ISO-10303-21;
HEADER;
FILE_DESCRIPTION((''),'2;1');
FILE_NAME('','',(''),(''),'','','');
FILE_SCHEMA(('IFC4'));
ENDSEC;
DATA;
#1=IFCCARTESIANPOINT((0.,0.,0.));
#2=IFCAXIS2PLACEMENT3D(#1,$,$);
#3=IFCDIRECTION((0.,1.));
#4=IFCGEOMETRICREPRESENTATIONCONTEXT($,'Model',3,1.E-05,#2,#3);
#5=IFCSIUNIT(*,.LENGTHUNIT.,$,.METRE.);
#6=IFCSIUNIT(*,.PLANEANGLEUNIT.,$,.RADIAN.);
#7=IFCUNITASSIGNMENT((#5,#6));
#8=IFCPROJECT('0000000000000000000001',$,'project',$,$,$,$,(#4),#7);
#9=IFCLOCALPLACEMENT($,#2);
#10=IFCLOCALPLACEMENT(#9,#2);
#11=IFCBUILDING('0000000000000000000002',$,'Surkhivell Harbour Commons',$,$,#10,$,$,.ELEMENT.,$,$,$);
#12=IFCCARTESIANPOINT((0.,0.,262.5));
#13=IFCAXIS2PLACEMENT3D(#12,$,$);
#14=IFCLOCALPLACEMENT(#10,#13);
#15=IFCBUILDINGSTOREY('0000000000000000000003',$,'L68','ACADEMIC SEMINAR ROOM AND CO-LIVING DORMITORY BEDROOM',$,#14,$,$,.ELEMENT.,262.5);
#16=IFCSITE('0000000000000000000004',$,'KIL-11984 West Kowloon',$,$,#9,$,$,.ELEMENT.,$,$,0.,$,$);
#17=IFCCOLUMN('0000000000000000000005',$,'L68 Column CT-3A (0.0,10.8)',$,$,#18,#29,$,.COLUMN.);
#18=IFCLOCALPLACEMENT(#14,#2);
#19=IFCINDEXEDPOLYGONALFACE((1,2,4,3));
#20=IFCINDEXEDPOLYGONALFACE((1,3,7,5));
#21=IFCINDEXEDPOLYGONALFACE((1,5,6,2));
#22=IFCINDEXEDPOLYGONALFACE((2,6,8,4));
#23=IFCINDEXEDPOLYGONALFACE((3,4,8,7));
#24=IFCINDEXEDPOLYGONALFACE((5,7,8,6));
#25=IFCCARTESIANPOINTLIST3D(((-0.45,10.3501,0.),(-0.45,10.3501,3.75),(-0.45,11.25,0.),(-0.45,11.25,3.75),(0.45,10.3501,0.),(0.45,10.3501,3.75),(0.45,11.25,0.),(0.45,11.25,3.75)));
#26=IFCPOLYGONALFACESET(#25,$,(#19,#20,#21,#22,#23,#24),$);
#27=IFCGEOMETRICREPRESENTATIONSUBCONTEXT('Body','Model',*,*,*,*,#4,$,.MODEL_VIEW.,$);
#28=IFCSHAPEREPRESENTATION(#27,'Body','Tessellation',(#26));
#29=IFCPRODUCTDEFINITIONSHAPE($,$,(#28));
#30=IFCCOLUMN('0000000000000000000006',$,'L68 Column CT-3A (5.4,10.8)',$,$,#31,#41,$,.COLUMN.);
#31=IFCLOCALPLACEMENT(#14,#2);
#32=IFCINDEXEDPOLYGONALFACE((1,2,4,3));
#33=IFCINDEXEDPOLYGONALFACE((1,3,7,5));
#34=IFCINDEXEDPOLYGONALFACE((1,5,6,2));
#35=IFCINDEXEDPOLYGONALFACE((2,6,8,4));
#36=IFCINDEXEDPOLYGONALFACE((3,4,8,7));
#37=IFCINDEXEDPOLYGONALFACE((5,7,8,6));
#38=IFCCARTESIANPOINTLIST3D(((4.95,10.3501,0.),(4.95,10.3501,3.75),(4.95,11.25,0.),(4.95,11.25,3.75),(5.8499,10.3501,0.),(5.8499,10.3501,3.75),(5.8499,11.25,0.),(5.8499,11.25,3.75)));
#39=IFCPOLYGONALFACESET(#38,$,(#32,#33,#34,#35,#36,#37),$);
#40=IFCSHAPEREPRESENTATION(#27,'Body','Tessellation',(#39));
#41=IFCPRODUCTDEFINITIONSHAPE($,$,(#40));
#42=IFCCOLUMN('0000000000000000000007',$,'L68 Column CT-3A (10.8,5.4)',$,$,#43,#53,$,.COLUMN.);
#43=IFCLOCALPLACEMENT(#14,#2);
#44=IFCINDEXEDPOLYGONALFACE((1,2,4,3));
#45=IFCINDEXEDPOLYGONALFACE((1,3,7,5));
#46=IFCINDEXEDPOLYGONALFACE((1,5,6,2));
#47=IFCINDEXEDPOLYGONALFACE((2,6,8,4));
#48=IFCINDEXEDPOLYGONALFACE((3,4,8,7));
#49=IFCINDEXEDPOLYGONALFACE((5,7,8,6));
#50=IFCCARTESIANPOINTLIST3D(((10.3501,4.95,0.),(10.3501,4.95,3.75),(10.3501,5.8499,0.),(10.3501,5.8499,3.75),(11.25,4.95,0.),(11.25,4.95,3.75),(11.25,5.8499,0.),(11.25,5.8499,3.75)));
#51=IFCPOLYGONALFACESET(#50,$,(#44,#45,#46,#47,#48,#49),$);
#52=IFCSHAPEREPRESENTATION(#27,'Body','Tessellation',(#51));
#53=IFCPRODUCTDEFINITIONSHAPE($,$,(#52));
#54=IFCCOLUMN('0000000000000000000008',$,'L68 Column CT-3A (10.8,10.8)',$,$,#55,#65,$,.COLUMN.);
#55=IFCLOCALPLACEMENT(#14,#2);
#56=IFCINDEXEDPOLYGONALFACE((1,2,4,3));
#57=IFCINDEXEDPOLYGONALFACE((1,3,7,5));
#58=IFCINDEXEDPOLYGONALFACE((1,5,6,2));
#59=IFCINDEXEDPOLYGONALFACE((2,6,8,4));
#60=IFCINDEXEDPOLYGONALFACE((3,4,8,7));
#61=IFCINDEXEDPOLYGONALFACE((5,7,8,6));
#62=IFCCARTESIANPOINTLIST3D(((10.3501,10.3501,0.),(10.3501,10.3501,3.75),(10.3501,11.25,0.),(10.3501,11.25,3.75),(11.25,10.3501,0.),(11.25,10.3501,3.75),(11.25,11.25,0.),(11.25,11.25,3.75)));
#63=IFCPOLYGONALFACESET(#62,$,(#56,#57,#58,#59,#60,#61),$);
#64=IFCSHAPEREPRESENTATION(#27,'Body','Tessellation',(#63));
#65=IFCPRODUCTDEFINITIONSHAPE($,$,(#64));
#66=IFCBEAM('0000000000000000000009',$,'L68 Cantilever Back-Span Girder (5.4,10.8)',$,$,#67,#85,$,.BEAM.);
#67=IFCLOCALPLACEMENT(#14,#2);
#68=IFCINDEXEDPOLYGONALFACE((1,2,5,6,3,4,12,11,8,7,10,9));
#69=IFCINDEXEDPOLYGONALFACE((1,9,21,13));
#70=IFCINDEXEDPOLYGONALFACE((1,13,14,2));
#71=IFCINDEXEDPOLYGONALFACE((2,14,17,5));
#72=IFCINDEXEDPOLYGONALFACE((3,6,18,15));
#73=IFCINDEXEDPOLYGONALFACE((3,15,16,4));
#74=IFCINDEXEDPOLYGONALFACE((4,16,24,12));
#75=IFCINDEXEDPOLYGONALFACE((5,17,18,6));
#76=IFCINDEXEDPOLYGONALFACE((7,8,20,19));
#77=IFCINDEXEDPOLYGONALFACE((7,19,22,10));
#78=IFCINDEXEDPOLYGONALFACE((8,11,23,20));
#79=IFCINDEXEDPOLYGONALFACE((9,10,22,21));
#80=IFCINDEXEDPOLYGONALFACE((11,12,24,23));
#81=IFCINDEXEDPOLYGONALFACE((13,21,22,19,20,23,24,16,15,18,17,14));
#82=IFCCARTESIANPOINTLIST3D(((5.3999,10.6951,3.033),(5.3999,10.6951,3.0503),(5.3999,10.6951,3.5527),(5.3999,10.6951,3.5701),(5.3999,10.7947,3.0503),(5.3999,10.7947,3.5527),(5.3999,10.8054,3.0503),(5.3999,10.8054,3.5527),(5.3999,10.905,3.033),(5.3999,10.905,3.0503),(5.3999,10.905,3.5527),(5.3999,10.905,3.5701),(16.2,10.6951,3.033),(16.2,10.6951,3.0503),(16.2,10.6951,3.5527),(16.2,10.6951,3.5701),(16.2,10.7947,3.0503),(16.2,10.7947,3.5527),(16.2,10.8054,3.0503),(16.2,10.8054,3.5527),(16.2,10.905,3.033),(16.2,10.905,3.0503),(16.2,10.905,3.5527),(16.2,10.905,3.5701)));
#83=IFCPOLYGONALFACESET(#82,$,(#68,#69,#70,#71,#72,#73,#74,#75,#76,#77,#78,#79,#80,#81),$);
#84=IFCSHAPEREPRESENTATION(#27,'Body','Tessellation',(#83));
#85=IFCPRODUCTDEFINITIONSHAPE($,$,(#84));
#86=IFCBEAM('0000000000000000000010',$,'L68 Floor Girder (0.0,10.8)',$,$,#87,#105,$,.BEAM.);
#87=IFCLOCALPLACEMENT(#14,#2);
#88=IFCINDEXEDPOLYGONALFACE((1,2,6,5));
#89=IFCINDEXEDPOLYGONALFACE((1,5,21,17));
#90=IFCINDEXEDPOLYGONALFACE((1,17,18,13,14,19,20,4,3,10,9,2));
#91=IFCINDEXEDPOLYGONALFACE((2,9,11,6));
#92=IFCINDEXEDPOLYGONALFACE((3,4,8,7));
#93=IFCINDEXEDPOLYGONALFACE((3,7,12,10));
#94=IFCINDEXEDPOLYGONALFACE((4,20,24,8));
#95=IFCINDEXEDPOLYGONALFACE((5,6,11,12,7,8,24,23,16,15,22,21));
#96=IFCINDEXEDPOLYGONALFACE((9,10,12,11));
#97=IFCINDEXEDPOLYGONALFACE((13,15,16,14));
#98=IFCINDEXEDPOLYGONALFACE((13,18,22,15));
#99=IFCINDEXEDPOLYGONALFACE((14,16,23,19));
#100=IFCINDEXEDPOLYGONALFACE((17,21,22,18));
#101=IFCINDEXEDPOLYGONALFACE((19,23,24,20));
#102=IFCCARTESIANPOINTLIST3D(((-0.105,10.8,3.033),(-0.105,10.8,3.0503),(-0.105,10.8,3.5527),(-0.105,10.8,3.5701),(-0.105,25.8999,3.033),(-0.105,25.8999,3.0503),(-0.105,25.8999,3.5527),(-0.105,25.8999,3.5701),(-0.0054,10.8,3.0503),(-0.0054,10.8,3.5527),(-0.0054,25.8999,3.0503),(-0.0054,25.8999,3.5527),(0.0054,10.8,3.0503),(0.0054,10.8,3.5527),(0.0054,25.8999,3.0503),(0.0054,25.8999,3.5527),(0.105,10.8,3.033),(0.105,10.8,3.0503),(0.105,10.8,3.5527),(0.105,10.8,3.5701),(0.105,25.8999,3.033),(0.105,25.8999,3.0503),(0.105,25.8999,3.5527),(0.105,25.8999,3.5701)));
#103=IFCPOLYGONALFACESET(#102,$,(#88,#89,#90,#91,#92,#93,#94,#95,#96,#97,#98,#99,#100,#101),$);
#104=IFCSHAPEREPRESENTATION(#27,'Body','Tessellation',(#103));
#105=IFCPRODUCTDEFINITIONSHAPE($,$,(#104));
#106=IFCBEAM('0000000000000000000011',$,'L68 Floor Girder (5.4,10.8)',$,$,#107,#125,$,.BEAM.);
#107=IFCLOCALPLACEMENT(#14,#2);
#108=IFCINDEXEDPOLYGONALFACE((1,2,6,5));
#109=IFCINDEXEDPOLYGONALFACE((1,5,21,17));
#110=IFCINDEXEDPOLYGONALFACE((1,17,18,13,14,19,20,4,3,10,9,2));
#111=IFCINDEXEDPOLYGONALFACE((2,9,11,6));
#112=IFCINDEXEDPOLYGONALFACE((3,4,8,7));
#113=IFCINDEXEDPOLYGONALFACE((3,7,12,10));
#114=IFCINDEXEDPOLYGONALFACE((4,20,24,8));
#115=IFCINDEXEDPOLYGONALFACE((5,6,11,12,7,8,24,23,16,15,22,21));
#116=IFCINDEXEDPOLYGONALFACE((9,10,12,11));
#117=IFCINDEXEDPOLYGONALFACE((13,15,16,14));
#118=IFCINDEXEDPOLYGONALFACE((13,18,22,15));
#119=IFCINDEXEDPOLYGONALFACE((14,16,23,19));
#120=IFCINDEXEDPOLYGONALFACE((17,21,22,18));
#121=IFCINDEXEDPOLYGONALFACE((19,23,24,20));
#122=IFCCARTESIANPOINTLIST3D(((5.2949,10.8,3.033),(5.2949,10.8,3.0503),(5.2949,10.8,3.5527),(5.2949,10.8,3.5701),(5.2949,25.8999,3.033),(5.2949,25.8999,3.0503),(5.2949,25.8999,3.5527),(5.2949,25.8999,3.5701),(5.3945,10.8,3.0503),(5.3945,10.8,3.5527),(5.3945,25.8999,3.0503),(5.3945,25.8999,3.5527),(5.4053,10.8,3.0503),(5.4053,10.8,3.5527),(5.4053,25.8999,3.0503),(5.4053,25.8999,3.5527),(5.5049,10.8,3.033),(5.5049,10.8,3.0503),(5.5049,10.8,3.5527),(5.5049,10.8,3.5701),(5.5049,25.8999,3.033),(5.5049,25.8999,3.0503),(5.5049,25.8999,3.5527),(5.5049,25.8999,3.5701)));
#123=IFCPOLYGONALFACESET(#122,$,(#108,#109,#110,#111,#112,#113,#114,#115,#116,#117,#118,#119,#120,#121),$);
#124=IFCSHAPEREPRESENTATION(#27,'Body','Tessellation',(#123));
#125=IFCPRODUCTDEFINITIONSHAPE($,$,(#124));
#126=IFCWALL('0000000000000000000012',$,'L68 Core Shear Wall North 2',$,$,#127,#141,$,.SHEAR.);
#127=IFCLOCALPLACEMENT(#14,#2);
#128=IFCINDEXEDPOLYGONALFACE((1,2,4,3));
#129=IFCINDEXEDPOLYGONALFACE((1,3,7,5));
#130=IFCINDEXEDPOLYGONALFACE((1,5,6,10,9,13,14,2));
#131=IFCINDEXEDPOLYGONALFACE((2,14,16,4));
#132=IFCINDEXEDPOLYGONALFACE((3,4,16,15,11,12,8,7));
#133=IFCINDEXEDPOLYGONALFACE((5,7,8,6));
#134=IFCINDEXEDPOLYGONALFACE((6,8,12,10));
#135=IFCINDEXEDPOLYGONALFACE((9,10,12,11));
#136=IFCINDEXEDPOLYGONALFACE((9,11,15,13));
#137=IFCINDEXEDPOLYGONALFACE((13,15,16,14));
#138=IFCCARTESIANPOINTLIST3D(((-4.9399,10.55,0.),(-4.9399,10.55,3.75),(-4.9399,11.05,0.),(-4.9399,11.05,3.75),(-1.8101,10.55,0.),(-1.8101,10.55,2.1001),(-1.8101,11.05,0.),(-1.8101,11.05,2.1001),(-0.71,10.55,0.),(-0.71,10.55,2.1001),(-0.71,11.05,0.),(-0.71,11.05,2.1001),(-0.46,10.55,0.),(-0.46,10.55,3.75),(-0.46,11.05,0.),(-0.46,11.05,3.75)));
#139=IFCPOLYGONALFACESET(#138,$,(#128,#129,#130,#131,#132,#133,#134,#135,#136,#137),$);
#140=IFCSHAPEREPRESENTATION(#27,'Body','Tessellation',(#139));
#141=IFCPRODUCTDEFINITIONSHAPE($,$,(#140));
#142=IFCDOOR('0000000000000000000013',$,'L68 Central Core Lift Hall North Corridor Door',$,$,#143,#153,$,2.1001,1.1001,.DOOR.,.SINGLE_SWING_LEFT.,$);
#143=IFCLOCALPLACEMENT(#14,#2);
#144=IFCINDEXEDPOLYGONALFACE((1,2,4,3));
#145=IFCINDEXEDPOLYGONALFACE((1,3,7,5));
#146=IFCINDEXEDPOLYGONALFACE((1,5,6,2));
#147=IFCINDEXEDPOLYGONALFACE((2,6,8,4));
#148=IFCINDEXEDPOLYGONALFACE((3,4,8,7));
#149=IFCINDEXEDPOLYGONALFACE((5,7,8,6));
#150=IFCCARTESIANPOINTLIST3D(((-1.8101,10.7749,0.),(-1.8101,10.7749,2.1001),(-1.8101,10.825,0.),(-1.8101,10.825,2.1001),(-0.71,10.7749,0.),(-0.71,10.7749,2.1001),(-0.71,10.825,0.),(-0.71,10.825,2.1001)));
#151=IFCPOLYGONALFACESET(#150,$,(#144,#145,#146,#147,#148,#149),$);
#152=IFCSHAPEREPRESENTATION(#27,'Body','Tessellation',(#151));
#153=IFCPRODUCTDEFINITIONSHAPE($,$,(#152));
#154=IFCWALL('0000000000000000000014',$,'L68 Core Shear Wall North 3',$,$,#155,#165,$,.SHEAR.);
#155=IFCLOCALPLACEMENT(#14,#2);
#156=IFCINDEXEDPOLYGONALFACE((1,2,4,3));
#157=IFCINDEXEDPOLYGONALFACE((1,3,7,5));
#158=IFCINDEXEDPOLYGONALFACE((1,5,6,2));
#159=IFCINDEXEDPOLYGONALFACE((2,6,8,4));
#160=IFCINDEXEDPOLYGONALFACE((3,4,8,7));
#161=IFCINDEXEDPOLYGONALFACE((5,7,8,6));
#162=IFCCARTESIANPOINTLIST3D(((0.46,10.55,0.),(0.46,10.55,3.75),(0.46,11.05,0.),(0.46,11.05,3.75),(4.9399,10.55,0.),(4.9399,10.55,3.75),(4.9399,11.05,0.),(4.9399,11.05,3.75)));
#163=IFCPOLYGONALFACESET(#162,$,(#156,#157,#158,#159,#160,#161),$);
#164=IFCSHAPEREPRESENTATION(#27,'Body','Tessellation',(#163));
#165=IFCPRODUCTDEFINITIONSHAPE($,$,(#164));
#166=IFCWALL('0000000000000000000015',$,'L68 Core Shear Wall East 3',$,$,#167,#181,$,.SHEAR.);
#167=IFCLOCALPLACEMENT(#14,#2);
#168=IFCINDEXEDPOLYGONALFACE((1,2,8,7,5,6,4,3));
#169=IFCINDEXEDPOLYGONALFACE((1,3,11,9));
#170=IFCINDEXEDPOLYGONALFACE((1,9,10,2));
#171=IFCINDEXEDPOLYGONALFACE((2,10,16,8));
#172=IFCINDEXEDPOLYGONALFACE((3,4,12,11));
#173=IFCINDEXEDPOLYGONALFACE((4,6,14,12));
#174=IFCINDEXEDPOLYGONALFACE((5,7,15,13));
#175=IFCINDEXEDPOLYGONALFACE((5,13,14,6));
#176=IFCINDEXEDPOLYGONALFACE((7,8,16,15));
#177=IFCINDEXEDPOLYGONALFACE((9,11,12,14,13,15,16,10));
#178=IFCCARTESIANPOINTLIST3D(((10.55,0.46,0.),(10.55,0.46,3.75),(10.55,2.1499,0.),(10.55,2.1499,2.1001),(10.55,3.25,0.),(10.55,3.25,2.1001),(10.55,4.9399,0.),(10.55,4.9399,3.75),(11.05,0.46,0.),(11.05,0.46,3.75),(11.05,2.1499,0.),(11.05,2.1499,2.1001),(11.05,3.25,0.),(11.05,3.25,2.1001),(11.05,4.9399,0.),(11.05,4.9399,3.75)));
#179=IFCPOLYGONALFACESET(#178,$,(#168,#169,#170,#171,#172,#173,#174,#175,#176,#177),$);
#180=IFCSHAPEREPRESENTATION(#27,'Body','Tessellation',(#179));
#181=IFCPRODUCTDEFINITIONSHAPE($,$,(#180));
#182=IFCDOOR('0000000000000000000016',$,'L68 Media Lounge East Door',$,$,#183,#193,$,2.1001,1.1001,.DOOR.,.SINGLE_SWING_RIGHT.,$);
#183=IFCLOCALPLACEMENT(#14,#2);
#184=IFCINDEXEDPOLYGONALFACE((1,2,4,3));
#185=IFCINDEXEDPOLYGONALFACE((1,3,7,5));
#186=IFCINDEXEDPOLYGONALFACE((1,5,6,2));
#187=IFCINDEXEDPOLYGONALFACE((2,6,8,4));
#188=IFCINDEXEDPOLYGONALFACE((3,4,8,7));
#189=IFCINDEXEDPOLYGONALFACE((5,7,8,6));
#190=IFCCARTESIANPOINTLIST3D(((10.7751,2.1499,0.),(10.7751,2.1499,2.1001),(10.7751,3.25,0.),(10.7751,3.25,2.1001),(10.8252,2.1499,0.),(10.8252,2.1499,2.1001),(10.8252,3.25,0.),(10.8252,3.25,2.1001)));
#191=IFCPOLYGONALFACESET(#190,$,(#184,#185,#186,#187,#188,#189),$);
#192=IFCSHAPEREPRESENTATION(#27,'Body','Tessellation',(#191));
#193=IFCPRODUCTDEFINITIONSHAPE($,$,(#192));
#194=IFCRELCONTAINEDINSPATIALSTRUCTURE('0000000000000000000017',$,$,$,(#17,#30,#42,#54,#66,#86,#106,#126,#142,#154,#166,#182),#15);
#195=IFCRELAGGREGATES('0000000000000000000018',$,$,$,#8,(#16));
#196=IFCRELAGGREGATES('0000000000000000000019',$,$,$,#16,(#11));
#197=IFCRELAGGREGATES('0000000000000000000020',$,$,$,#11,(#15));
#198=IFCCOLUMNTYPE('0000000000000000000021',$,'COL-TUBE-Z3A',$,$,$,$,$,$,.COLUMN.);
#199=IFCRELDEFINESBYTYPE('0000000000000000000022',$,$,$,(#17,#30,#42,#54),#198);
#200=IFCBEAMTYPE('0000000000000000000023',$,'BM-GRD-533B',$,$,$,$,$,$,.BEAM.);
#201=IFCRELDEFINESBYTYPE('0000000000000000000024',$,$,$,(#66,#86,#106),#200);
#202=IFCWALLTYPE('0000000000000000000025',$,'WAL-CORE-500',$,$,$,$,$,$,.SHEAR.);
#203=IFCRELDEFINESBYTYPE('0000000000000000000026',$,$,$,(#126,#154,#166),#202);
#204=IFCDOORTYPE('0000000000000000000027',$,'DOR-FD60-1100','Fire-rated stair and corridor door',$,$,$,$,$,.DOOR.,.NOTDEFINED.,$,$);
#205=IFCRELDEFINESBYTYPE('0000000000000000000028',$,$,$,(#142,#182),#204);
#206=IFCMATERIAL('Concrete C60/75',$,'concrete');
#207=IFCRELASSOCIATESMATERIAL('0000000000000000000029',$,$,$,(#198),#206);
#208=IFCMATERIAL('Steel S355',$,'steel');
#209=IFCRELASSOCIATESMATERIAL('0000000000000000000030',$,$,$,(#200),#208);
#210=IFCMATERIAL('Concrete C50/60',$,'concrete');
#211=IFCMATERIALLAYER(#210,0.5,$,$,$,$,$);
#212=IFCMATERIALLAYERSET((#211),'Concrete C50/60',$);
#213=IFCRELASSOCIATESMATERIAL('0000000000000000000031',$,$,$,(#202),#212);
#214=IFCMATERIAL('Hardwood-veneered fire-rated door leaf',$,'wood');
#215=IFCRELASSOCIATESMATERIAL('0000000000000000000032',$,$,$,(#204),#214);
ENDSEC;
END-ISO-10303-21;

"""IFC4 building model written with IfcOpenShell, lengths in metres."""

from ifc_helpers import new_model, si_unit, direction, frame, frame_2d, origin, origin_2d, place, context, subcontext, project, spatial, rectangle, i_section, extrude, material, layer, layer_set, material_profile, profile_set, type_object, element, fill, save


model = new_model("IFC4")

# Units and contexts
model_context = context("Model", 3, precision=1e-05, world=origin(), true_north=direction((0.0, 1.0)))
body_context = subcontext(model_context, "Body", "Model", "MODEL_VIEW")
ifc_project = project(units=[si_unit("LENGTHUNIT", "METRE"), si_unit("PLANEANGLEUNIT", "RADIAN")], contexts=[model_context])

# Site, building, storey
site_placement = place(None, origin())
site = spatial("IfcSite", under=ifc_project, at=site_placement, Name="KIL-11984 West Kowloon", CompositionType="ELEMENT", RefElevation=0.0)
building_placement = place(site_placement, origin())
building = spatial("IfcBuilding", under=site, at=building_placement, Name="Surkhivell Harbour Commons", CompositionType="ELEMENT")
storey_placement = place(building_placement, frame((0.0, 0.0, 262.5)))
storey = spatial("IfcBuildingStorey", under=building, at=storey_placement, Name="L68", Description="ACADEMIC SEMINAR ROOM AND CO-LIVING DORMITORY BEDROOM", CompositionType="ELEMENT", Elevation=262.5)

# Columns
ifc_material_1 = material(Name="Concrete C60/75", Category="concrete")
ifc_material_profile_1 = material_profile(ifc_material_1, rectangle(XDim=0.8999, YDim=0.8999, at=origin_2d()), Name="RC-COL-900x900")
ifc_profile_set_1 = profile_set([ifc_material_profile_1], Name="Concrete C60/75")
column_type = type_object("IfcColumnType", Name="COL-TUBE-Z3A", PredefinedType="COLUMN", material=ifc_profile_set_1)
for number, where, z_axis, x_axis, name in (
    (1, (0.0, 10.8, 0.0), (0.0, 0.0, 1.0), (1.0, 0.0, 0.0), "L68 Column CT-3A (0.0,10.8)"),
    (2, (5.3999, 10.8, 0.0), (0.0, 0.0, 1.0), (1.0, 0.0, 0.0), "L68 Column CT-3A (5.4,10.8)"),
    (3, (10.8, 5.3999, 0.0), (0.0, 0.0, 1.0), (1.0, 0.0, 0.0), "L68 Column CT-3A (10.8,5.4)"),
    (4, (10.8, 10.8, 0.0), (0.0, 0.0, 1.0), (1.0, 0.0, 0.0), "L68 Column CT-3A (10.8,10.8)"),
):
    element("IfcColumn", number, at=place(storey_placement, frame(where, z_axis=z_axis, x_axis=x_axis)), inside=storey, type_object=column_type, Name=name, PredefinedType="COLUMN", context=body_context, shape_type="SweptSolid", body=[
        extrude(rectangle(XDim=0.8999, YDim=0.8999, at=origin_2d()), origin(), (0.0, 0.0, 1.0), 3.75),
    ])

# Beams
ifc_material_2 = material(Name="Steel S355", Category="steel")
ifc_material_profile_2 = material_profile(ifc_material_2, i_section(OverallWidth=0.21, OverallDepth=0.5371, WebThickness=0.0107, FlangeThickness=0.0173, at=origin_2d()), Name="UB533x210x101")
ifc_profile_set_2 = profile_set([ifc_material_profile_2], Name="Steel S355")
beam_type = type_object("IfcBeamType", Name="BM-GRD-533B", PredefinedType="BEAM", material=ifc_profile_set_2)
beam_placement = place(storey_placement, frame((5.3999, 10.8, 3.3015), z_axis=(1.0, 0.0, 0.0), x_axis=(0.0, 1.0, 0.0)))
element("IfcBeam", 5, at=beam_placement, inside=storey, type_object=beam_type, Name="L68 Cantilever Back-Span Girder (5.4,10.8)", PredefinedType="BEAM", context=body_context, shape_type="SweptSolid", body=[
    extrude(i_section(OverallWidth=0.21, OverallDepth=0.5371, WebThickness=0.0107, FlangeThickness=0.0173, at=origin_2d()), origin(), (0.0, 0.0, 1.0), 10.8),
])
for number, where, z_axis, x_axis, name in (
    (6, (0.0, 10.8, 3.3015), (0.0, 1.0, 0.0), (-1.0, 0.0, 0.0), "L68 Floor Girder (0.0,10.8)"),
    (7, (5.3999, 10.8, 3.3015), (0.0, 1.0, 0.0), (-1.0, 0.0, 0.0), "L68 Floor Girder (5.4,10.8)"),
):
    element("IfcBeam", number, at=place(storey_placement, frame(where, z_axis=z_axis, x_axis=x_axis)), inside=storey, type_object=beam_type, Name=name, PredefinedType="BEAM", context=body_context, shape_type="SweptSolid", body=[
        extrude(i_section(OverallWidth=0.21, OverallDepth=0.5371, WebThickness=0.0107, FlangeThickness=0.0173, at=origin_2d()), origin(), (0.0, 0.0, 1.0), 15.0999),
    ])

# Wall, opening, door
ifc_material_3 = material(Name="Concrete C50/60", Category="concrete")
ifc_layer_1 = layer(ifc_material_3, 0.5)
ifc_layer_set_1 = layer_set([ifc_layer_1], Name="Concrete C50/60")
wall_type_1 = type_object("IfcWallType", Name="WAL-CORE-500", PredefinedType="SHEAR", material=ifc_layer_set_1)
wall_1_placement = place(storey_placement, frame((-4.9399, 10.8, 0.0), z_axis=(0.0, 0.0, 1.0), x_axis=(1.0, 0.0, 0.0)))
wall_1 = element("IfcWall", 8, at=wall_1_placement, inside=storey, type_object=wall_type_1, Name="L68 Core Shear Wall North 2", PredefinedType="SHEAR", context=body_context, shape_type="SweptSolid", body=[
    extrude(rectangle(XDim=4.48, YDim=0.5, at=frame_2d((2.24, 0.0))), origin(), (0.0, 0.0, 1.0), 3.75),
])
opening_1_placement = place(wall_1_placement, frame((3.1299, 0.0, 0.0)))
opening_1 = element("IfcOpeningElement", 9, at=opening_1_placement, cuts=wall_1, PredefinedType="OPENING", context=body_context, shape_type="SweptSolid", body=[
    extrude(rectangle(XDim=1.1001, YDim=2.1001, at=frame_2d((0.55, 1.05))), frame((0.0, 0.26, 0.0), z_axis=(0.0, -1.0, 0.0), x_axis=(1.0, 0.0, 0.0)), (0.0, 0.0, 1.0), 0.52),
])
ifc_material_4 = material(Name="Hardwood-veneered fire-rated door leaf", Category="wood")
door_type_1 = type_object("IfcDoorType", Name="DOR-FD60-1100", Description="Fire-rated stair and corridor door", OperationType="NOTDEFINED", PredefinedType="DOOR", material=ifc_material_4)
door_1_placement = place(opening_1_placement, origin())
door_1 = element("IfcDoor", 10, at=door_1_placement, inside=storey, type_object=door_type_1, Name="L68 Central Core Lift Hall North Corridor Door", OperationType="SINGLE_SWING_LEFT", OverallHeight=2.1001, OverallWidth=1.1001, PredefinedType="DOOR", context=body_context, shape_type="SweptSolid", body=[
    extrude(rectangle(XDim=1.1001, YDim=2.1001, at=frame_2d((0.55, 1.05))), frame((0.0, 0.0249, 0.0), z_axis=(0.0, -1.0, 0.0), x_axis=(1.0, 0.0, 0.0)), (0.0, 0.0, 1.0), 0.05),
])
fill(opening_1, door_1)

# Wall
wall_2_placement = place(storey_placement, frame((0.46, 10.8, 0.0), z_axis=(0.0, 0.0, 1.0), x_axis=(1.0, 0.0, 0.0)))
element("IfcWall", 11, at=wall_2_placement, inside=storey, type_object=wall_type_1, Name="L68 Core Shear Wall North 3", PredefinedType="SHEAR", context=body_context, shape_type="SweptSolid", body=[
    extrude(rectangle(XDim=4.48, YDim=0.5, at=frame_2d((2.24, 0.0))), origin(), (0.0, 0.0, 1.0), 3.75),
])

# Wall, opening, door
wall_3_placement = place(storey_placement, frame((10.8, 0.46, 0.0), z_axis=(0.0, 0.0, 1.0), x_axis=(0.0, 1.0, 0.0)))
wall_3 = element("IfcWall", 12, at=wall_3_placement, inside=storey, type_object=wall_type_1, Name="L68 Core Shear Wall East 3", PredefinedType="SHEAR", context=body_context, shape_type="SweptSolid", body=[
    extrude(rectangle(XDim=4.48, YDim=0.5, at=frame_2d((2.24, 0.0))), origin(), (0.0, 0.0, 1.0), 3.75),
])
opening_2_placement = place(wall_3_placement, frame((1.6899, 0.0, 0.0)))
opening_2 = element("IfcOpeningElement", 13, at=opening_2_placement, cuts=wall_3, PredefinedType="OPENING", context=body_context, shape_type="SweptSolid", body=[
    extrude(rectangle(XDim=1.1001, YDim=2.1001, at=frame_2d((0.55, 1.05))), frame((0.0, 0.26, 0.0), z_axis=(0.0, -1.0, 0.0), x_axis=(1.0, 0.0, 0.0)), (0.0, 0.0, 1.0), 0.52),
])
door_2_placement = place(opening_2_placement, origin())
door_2 = element("IfcDoor", 14, at=door_2_placement, inside=storey, type_object=door_type_1, Name="L68 Media Lounge East Door", OperationType="SINGLE_SWING_RIGHT", OverallHeight=2.1001, OverallWidth=1.1001, PredefinedType="DOOR", context=body_context, shape_type="SweptSolid", body=[
    extrude(rectangle(XDim=1.1001, YDim=2.1001, at=frame_2d((0.55, 1.05))), frame((0.0, 0.0249, 0.0), z_axis=(0.0, -1.0, 0.0), x_axis=(1.0, 0.0, 0.0)), (0.0, 0.0, 1.0), 0.05),
])
fill(opening_2, door_2)

save(model, "model.ifc")
